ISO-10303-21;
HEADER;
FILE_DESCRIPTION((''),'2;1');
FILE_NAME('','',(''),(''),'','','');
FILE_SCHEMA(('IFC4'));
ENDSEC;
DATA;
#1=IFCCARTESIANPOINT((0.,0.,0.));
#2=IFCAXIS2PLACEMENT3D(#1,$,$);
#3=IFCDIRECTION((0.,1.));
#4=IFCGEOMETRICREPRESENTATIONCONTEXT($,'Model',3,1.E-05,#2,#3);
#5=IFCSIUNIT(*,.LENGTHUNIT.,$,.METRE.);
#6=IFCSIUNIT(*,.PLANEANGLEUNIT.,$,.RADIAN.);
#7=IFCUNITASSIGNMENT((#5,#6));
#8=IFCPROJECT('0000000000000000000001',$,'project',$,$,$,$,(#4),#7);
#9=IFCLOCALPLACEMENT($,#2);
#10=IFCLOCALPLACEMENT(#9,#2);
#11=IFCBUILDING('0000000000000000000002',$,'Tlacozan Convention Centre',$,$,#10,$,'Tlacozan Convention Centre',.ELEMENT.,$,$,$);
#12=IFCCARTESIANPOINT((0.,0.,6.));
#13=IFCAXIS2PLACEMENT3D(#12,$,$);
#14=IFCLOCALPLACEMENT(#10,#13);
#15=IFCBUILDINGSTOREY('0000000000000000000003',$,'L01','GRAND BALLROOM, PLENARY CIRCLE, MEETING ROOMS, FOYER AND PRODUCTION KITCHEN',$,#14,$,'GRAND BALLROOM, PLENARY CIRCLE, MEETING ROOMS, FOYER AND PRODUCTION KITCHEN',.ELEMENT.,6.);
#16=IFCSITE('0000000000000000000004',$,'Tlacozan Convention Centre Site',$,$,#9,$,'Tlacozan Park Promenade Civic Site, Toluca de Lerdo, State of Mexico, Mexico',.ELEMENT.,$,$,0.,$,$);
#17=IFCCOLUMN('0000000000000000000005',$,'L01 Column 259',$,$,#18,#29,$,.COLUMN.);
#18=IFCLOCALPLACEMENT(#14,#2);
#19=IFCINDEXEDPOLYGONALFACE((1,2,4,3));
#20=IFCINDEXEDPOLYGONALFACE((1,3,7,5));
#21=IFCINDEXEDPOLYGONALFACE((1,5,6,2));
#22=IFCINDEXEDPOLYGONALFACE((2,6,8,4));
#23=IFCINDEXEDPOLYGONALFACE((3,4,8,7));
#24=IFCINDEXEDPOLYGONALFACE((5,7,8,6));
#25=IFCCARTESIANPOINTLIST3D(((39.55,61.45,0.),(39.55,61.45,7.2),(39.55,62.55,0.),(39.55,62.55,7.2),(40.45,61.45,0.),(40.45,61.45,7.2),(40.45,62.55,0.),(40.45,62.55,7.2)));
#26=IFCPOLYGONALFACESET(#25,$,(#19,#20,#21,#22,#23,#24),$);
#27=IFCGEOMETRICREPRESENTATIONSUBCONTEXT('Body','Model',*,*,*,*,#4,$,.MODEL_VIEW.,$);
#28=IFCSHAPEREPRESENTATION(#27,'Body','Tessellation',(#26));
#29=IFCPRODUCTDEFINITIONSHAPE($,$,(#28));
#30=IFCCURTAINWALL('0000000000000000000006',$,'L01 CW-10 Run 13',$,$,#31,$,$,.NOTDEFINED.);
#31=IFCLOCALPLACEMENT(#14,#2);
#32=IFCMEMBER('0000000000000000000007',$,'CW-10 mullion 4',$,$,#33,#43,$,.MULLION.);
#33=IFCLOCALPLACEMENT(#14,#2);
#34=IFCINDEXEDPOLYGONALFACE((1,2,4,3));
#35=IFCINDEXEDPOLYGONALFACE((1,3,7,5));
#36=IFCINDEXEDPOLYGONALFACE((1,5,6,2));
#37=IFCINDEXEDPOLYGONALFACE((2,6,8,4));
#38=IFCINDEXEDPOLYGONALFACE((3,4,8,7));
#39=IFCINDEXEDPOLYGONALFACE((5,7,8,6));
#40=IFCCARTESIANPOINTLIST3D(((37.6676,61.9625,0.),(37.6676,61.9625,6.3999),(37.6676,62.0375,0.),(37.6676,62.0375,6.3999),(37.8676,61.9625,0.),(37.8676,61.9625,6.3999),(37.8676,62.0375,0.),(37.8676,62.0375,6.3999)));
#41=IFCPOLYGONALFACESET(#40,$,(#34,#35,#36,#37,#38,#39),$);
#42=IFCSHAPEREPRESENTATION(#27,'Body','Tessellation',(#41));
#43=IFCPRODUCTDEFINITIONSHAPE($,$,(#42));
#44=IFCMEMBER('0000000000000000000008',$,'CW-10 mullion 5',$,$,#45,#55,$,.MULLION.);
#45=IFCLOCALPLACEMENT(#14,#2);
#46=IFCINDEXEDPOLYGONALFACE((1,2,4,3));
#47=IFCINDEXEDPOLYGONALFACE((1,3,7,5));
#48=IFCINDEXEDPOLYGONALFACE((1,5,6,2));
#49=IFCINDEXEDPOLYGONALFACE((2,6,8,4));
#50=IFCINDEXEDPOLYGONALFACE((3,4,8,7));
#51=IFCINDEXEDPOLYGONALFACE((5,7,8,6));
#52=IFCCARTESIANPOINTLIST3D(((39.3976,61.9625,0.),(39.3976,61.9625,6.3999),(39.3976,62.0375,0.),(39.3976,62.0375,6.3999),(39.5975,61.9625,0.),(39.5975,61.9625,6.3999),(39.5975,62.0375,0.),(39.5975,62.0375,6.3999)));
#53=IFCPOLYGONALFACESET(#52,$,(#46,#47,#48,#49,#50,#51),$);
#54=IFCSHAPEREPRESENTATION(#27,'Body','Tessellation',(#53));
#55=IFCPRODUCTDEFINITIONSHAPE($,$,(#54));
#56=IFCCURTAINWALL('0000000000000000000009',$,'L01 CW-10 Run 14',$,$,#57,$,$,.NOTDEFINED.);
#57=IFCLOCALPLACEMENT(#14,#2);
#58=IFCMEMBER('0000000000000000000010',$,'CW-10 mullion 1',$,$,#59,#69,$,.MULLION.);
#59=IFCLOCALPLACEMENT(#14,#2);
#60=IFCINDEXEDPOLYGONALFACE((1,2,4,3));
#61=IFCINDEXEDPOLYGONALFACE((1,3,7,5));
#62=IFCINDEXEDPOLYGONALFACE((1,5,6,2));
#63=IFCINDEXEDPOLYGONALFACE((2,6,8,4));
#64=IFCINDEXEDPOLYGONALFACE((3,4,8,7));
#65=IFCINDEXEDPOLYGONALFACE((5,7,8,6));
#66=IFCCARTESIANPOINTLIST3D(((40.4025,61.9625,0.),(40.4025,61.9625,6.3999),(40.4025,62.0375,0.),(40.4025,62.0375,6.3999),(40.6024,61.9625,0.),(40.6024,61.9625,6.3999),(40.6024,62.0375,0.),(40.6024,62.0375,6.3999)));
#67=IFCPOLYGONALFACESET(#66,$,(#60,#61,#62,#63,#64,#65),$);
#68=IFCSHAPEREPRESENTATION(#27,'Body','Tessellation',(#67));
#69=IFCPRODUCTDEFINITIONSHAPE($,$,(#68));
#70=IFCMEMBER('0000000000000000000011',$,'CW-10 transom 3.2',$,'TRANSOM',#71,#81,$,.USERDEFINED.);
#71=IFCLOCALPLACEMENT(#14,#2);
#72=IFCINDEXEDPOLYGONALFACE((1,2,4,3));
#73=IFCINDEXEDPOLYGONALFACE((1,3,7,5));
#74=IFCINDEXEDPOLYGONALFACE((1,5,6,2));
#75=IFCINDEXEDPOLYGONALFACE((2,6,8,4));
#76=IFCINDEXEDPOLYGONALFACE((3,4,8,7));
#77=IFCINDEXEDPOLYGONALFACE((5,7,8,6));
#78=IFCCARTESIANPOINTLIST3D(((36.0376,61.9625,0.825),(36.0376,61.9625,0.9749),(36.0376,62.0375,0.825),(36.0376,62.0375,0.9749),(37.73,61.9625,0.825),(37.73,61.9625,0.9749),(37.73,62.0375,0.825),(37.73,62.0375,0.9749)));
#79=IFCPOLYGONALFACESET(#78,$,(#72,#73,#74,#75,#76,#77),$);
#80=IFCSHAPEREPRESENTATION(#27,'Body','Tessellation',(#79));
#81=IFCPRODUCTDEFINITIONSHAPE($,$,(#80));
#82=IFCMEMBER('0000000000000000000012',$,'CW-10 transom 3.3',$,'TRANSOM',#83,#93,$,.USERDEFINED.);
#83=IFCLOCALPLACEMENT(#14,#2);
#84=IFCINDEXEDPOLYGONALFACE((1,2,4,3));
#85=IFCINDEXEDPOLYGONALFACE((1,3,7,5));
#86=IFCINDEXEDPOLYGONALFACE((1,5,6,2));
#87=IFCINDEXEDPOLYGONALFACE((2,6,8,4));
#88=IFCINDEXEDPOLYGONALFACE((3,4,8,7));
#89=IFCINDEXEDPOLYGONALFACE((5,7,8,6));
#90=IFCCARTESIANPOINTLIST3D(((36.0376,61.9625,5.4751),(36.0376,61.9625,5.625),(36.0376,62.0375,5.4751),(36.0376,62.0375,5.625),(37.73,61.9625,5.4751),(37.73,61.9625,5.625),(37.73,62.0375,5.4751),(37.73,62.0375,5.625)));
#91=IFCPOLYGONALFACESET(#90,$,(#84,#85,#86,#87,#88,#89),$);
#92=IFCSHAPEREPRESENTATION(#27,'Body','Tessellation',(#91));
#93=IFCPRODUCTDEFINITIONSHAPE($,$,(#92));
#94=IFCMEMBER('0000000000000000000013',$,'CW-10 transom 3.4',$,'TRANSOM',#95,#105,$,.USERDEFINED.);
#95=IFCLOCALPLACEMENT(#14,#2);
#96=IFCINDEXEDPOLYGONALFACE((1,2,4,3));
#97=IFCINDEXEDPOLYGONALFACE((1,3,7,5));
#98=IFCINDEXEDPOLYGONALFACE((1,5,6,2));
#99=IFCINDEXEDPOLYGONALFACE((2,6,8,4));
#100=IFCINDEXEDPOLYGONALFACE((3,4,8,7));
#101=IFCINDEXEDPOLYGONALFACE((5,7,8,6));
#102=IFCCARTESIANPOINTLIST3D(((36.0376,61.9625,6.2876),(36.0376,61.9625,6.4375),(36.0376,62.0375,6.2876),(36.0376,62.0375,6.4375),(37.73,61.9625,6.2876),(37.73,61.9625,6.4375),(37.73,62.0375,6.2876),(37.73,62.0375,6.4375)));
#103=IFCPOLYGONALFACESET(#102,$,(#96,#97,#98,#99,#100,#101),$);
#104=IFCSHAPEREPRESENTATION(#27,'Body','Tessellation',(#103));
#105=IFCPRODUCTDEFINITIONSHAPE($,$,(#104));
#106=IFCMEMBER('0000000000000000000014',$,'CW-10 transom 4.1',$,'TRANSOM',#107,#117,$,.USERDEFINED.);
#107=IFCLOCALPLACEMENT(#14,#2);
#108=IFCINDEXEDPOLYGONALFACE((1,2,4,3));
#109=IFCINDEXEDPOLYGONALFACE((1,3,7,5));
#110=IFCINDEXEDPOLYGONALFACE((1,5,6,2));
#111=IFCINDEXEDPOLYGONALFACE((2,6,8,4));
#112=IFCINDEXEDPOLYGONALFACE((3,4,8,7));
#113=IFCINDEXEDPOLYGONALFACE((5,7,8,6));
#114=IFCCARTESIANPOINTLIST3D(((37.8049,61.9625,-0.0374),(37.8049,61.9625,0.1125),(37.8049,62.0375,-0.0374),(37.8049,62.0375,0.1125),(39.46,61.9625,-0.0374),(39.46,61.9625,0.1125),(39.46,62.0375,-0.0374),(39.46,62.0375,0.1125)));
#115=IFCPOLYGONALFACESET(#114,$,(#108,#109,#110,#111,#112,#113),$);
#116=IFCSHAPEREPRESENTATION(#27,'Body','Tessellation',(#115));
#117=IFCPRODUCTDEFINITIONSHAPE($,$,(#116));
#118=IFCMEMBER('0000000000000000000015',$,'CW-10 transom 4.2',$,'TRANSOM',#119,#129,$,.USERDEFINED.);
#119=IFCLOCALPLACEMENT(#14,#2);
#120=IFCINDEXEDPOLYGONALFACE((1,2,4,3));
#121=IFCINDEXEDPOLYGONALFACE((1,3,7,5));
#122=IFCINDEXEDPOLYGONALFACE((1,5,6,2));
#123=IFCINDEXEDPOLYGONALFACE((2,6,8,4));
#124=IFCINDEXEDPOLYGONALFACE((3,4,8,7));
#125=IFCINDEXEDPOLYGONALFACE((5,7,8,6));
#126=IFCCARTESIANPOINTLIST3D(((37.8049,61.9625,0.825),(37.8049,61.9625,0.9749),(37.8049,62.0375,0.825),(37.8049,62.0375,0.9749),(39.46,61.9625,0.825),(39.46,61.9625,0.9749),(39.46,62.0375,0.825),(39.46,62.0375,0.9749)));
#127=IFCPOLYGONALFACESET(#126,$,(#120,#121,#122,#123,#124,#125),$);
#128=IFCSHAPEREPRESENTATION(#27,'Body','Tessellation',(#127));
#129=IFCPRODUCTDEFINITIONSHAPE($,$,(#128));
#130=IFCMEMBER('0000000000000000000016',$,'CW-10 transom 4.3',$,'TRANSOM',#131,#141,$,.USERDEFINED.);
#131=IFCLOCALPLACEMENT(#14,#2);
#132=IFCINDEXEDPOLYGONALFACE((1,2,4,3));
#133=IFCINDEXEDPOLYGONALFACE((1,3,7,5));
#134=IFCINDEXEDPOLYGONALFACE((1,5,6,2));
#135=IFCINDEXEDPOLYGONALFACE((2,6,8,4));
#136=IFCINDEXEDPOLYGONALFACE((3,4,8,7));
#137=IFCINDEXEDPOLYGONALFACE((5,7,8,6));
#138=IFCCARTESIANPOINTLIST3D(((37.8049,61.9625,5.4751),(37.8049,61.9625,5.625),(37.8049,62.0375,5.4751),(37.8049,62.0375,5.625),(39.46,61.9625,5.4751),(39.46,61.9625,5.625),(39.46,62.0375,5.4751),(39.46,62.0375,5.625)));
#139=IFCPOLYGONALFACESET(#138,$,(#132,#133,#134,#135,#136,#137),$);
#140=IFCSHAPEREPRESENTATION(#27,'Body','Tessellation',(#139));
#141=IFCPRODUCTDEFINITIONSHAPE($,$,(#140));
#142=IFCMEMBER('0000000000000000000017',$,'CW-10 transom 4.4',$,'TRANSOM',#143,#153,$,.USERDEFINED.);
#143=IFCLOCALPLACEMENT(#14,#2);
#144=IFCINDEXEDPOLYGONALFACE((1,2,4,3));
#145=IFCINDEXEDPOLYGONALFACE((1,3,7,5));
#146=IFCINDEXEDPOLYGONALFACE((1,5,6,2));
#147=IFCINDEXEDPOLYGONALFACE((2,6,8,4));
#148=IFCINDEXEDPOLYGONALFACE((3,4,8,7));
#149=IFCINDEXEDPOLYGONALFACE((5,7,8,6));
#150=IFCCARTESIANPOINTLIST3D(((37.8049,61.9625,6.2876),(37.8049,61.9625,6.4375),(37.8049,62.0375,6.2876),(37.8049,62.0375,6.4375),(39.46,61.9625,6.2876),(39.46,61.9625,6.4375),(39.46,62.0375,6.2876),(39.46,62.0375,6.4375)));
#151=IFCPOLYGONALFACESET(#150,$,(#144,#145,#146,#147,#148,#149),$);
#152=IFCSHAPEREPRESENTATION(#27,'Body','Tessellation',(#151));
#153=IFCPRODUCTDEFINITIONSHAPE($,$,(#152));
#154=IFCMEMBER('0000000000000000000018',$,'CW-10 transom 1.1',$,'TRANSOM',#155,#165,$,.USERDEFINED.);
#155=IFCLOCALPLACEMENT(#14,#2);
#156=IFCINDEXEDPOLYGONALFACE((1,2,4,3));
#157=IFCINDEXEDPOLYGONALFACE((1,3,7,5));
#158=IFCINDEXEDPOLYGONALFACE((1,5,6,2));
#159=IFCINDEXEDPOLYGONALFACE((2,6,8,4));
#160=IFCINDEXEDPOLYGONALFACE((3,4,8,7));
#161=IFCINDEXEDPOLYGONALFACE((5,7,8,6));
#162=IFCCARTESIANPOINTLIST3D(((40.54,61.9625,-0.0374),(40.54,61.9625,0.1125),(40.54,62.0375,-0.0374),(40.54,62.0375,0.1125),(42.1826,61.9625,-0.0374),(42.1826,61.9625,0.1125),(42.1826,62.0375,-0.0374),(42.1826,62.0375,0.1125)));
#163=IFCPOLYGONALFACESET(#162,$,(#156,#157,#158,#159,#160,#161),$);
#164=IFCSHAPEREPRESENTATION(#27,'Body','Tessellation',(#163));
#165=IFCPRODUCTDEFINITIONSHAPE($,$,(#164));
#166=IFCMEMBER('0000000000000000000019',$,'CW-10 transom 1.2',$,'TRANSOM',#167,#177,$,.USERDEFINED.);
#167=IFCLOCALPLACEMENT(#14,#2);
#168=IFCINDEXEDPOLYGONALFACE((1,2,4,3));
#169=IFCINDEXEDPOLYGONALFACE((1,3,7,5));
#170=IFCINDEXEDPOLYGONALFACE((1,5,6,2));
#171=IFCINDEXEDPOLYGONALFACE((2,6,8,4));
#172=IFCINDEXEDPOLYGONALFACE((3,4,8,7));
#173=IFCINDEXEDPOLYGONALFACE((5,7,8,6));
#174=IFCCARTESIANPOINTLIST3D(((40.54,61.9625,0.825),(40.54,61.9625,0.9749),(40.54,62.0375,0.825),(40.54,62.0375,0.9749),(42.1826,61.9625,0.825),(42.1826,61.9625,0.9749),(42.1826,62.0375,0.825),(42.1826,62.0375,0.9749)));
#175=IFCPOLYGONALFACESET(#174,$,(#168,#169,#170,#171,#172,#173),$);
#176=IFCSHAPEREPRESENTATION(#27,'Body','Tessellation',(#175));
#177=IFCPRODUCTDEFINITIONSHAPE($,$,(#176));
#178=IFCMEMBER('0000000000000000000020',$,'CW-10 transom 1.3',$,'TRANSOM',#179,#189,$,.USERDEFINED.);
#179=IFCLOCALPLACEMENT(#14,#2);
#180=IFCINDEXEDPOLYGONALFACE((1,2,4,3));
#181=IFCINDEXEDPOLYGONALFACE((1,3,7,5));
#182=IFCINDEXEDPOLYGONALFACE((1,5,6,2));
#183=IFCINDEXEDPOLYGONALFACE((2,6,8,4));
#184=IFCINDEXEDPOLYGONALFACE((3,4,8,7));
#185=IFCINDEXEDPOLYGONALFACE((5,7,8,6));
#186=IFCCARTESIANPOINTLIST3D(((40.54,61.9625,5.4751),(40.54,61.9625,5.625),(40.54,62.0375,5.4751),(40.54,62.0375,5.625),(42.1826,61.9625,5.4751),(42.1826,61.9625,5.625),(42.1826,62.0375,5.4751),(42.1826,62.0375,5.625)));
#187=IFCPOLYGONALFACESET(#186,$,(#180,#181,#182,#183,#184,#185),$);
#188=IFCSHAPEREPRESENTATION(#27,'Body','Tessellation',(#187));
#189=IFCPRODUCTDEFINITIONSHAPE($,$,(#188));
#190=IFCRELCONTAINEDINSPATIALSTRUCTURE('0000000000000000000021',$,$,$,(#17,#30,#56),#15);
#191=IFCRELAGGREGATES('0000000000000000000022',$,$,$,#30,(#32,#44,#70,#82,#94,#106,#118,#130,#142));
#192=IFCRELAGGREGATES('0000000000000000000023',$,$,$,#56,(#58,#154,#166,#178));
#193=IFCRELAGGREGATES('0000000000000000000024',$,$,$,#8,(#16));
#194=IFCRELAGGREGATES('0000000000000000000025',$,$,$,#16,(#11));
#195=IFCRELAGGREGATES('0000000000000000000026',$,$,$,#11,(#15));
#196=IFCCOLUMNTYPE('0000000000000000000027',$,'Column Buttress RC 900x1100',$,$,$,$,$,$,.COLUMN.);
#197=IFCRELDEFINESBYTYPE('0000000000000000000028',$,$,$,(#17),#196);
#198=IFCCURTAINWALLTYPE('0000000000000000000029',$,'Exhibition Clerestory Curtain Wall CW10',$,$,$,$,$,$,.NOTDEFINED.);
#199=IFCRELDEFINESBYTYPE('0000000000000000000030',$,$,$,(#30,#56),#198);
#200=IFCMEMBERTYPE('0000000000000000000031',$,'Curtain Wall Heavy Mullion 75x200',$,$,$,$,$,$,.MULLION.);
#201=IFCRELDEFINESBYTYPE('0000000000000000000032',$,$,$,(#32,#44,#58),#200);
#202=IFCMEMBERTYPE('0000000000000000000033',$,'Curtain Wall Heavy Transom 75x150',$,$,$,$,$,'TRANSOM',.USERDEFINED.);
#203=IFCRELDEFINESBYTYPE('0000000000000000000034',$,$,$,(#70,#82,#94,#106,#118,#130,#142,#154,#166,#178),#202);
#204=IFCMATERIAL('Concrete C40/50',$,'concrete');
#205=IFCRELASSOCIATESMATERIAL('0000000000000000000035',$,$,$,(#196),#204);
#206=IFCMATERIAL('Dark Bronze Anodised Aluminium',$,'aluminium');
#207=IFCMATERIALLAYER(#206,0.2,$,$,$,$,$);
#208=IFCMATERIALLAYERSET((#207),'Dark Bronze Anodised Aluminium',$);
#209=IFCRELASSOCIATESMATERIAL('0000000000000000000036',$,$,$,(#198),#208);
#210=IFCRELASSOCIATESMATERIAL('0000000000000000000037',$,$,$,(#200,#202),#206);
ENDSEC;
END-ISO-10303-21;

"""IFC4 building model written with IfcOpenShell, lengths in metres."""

from ifc_helpers import new_model, si_unit, direction, frame, origin, origin_2d, place, context, subcontext, project, spatial, rectangle, extrude, material, layer, layer_set, material_profile, profile_set, type_object, element, aggregate, save


model = new_model("IFC4")

# Units and contexts
model_context = context("Model", 3, precision=1e-05, world=origin(), true_north=direction((0.0, 1.0)))
body_context = subcontext(model_context, "Body", "Model", "MODEL_VIEW")
ifc_project = project(units=[si_unit("LENGTHUNIT", "METRE"), si_unit("PLANEANGLEUNIT", "RADIAN")], contexts=[model_context])

# Site, building, storey
site_placement = place(None, origin())
site = spatial("IfcSite", under=ifc_project, at=site_placement, Name="Tlacozan Convention Centre Site", LongName="Tlacozan Park Promenade Civic Site, Toluca de Lerdo, State of Mexico, Mexico", CompositionType="ELEMENT", RefElevation=0.0)
building_placement = place(site_placement, origin())
building = spatial("IfcBuilding", under=site, at=building_placement, Name="Tlacozan Convention Centre", LongName="Tlacozan Convention Centre", CompositionType="ELEMENT")
storey_placement = place(building_placement, frame((0.0, 0.0, 6.0)))
storey = spatial("IfcBuildingStorey", under=building, at=storey_placement, Name="L01", Description="GRAND BALLROOM, PLENARY CIRCLE, MEETING ROOMS, FOYER AND PRODUCTION KITCHEN", LongName="GRAND BALLROOM, PLENARY CIRCLE, MEETING ROOMS, FOYER AND PRODUCTION KITCHEN", CompositionType="ELEMENT", Elevation=6.0)

# Column
ifc_material_1 = material(Name="Concrete C40/50", Category="concrete")
ifc_material_profile_1 = material_profile(ifc_material_1, rectangle(XDim=0.8999, YDim=1.1001, at=origin_2d()), Name="RC 900x1100")
ifc_profile_set_1 = profile_set([ifc_material_profile_1], Name="Concrete C40/50")
column_type = type_object("IfcColumnType", Name="Column Buttress RC 900x1100", PredefinedType="COLUMN", material=ifc_profile_set_1)
column_placement = place(storey_placement, frame((40.0, 62.0, 0.0), z_axis=(0.0, 0.0, 1.0), x_axis=(1.0, 0.0, 0.0)))
element("IfcColumn", 1, at=column_placement, inside=storey, type_object=column_type, Name="L01 Column 259", PredefinedType="COLUMN", context=body_context, shape_type="SweptSolid", body=[
    extrude(rectangle(XDim=0.8999, YDim=1.1001, at=origin_2d()), origin(), (0.0, 0.0, 1.0), 7.2),
])

# Curtain wall, members
ifc_material_2 = material(Name="Dark Bronze Anodised Aluminium", Category="aluminium")
ifc_layer_1 = layer(ifc_material_2, 0.2)
ifc_layer_set_1 = layer_set([ifc_layer_1], Name="Dark Bronze Anodised Aluminium")
curtain_wall_type = type_object("IfcCurtainWallType", Name="Exhibition Clerestory Curtain Wall CW10", PredefinedType="NOTDEFINED", material=ifc_layer_set_1)
curtain_wall_1_placement = place(storey_placement, origin())
curtain_wall_1 = element("IfcCurtainWall", 2, at=curtain_wall_1_placement, inside=storey, type_object=curtain_wall_type, Name="L01 CW-10 Run 13", PredefinedType="NOTDEFINED")
ifc_material_profile_2 = material_profile(ifc_material_2, rectangle(XDim=0.075, YDim=0.2, at=origin_2d()), Name="ALU 75x200")
ifc_profile_set_2 = profile_set([ifc_material_profile_2], Name="Dark Bronze Anodised Aluminium")
member_type_1 = type_object("IfcMemberType", Name="Curtain Wall Heavy Mullion 75x200", PredefinedType="MULLION", material=ifc_profile_set_2)
member_1_placement = place(storey_placement, frame((37.7676, 62.0, 0.0), z_axis=(0.0, 0.0, 1.0), x_axis=(0.0, 1.0, 0.0)))
member_1 = element("IfcMember", 3, at=member_1_placement, type_object=member_type_1, Name="CW-10 mullion 4", PredefinedType="MULLION", context=body_context, shape_type="SweptSolid", body=[
    extrude(rectangle(XDim=0.075, YDim=0.2, at=origin_2d()), origin(), (0.0, 0.0, 1.0), 6.3999),
])
member_2_placement = place(storey_placement, frame((39.4976, 62.0, 0.0), z_axis=(0.0, 0.0, 1.0), x_axis=(0.0, 1.0, 0.0)))
member_2 = element("IfcMember", 4, at=member_2_placement, type_object=member_type_1, Name="CW-10 mullion 5", PredefinedType="MULLION", context=body_context, shape_type="SweptSolid", body=[
    extrude(rectangle(XDim=0.075, YDim=0.2, at=origin_2d()), origin(), (0.0, 0.0, 1.0), 6.3999),
])

# Curtain wall, member
curtain_wall_2_placement = place(storey_placement, origin())
curtain_wall_2 = element("IfcCurtainWall", 5, at=curtain_wall_2_placement, inside=storey, type_object=curtain_wall_type, Name="L01 CW-10 Run 14", PredefinedType="NOTDEFINED")
member_3_placement = place(storey_placement, frame((40.5024, 62.0, 0.0), z_axis=(0.0, 0.0, 1.0), x_axis=(0.0, 1.0, 0.0)))
member_3 = element("IfcMember", 6, at=member_3_placement, type_object=member_type_1, Name="CW-10 mullion 1", PredefinedType="MULLION", context=body_context, shape_type="SweptSolid", body=[
    extrude(rectangle(XDim=0.075, YDim=0.2, at=origin_2d()), origin(), (0.0, 0.0, 1.0), 6.3999),
])

# Members
ifc_material_profile_3 = material_profile(ifc_material_2, rectangle(XDim=0.075, YDim=0.1499, at=origin_2d()), Name="ALU 75x150")
ifc_profile_set_3 = profile_set([ifc_material_profile_3], Name="Dark Bronze Anodised Aluminium")
member_type_2 = type_object("IfcMemberType", Name="Curtain Wall Heavy Transom 75x150", ElementType="TRANSOM", PredefinedType="USERDEFINED", material=ifc_profile_set_3)
member_4_placement = place(storey_placement, frame((36.0376, 62.0, 0.8999), z_axis=(1.0, 0.0, 0.0), x_axis=(0.0, 1.0, 0.0)))
member_4 = element("IfcMember", 7, at=member_4_placement, type_object=member_type_2, Name="CW-10 transom 3.2", ObjectType="TRANSOM", PredefinedType="USERDEFINED", context=body_context, shape_type="SweptSolid", body=[
    extrude(rectangle(XDim=0.075, YDim=0.1499, at=origin_2d()), origin(), (0.0, 0.0, 1.0), 1.6924),
])
member_5_placement = place(storey_placement, frame((36.0376, 62.0, 5.55), z_axis=(1.0, 0.0, 0.0), x_axis=(0.0, 1.0, 0.0)))
member_5 = element("IfcMember", 8, at=member_5_placement, type_object=member_type_2, Name="CW-10 transom 3.3", ObjectType="TRANSOM", PredefinedType="USERDEFINED", context=body_context, shape_type="SweptSolid", body=[
    extrude(rectangle(XDim=0.075, YDim=0.1499, at=origin_2d()), origin(), (0.0, 0.0, 1.0), 1.6924),
])
member_6_placement = place(storey_placement, frame((36.0376, 62.0, 6.3625), z_axis=(1.0, 0.0, 0.0), x_axis=(0.0, 1.0, 0.0)))
member_6 = element("IfcMember", 9, at=member_6_placement, type_object=member_type_2, Name="CW-10 transom 3.4", ObjectType="TRANSOM", PredefinedType="USERDEFINED", context=body_context, shape_type="SweptSolid", body=[
    extrude(rectangle(XDim=0.075, YDim=0.1499, at=origin_2d()), origin(), (0.0, 0.0, 1.0), 1.6924),
])
member_7_placement = place(storey_placement, frame((37.8049, 62.0, 0.0376), z_axis=(1.0, 0.0, 0.0), x_axis=(0.0, 1.0, 0.0)))
member_7 = element("IfcMember", 10, at=member_7_placement, type_object=member_type_2, Name="CW-10 transom 4.1", ObjectType="TRANSOM", PredefinedType="USERDEFINED", context=body_context, shape_type="SweptSolid", body=[
    extrude(rectangle(XDim=0.075, YDim=0.1499, at=origin_2d()), origin(), (0.0, 0.0, 1.0), 1.655),
])
member_8_placement = place(storey_placement, frame((37.8049, 62.0, 0.8999), z_axis=(1.0, 0.0, 0.0), x_axis=(0.0, 1.0, 0.0)))
member_8 = element("IfcMember", 11, at=member_8_placement, type_object=member_type_2, Name="CW-10 transom 4.2", ObjectType="TRANSOM", PredefinedType="USERDEFINED", context=body_context, shape_type="SweptSolid", body=[
    extrude(rectangle(XDim=0.075, YDim=0.1499, at=origin_2d()), origin(), (0.0, 0.0, 1.0), 1.655),
])
member_9_placement = place(storey_placement, frame((37.8049, 62.0, 5.55), z_axis=(1.0, 0.0, 0.0), x_axis=(0.0, 1.0, 0.0)))
member_9 = element("IfcMember", 12, at=member_9_placement, type_object=member_type_2, Name="CW-10 transom 4.3", ObjectType="TRANSOM", PredefinedType="USERDEFINED", context=body_context, shape_type="SweptSolid", body=[
    extrude(rectangle(XDim=0.075, YDim=0.1499, at=origin_2d()), origin(), (0.0, 0.0, 1.0), 1.655),
])
member_10_placement = place(storey_placement, frame((37.8049, 62.0, 6.3625), z_axis=(1.0, 0.0, 0.0), x_axis=(0.0, 1.0, 0.0)))
member_10 = element("IfcMember", 13, at=member_10_placement, type_object=member_type_2, Name="CW-10 transom 4.4", ObjectType="TRANSOM", PredefinedType="USERDEFINED", context=body_context, shape_type="SweptSolid", body=[
    extrude(rectangle(XDim=0.075, YDim=0.1499, at=origin_2d()), origin(), (0.0, 0.0, 1.0), 1.655),
])
member_11_placement = place(storey_placement, frame((40.54, 62.0, 0.0376), z_axis=(1.0, 0.0, 0.0), x_axis=(0.0, 1.0, 0.0)))
member_11 = element("IfcMember", 14, at=member_11_placement, type_object=member_type_2, Name="CW-10 transom 1.1", ObjectType="TRANSOM", PredefinedType="USERDEFINED", context=body_context, shape_type="SweptSolid", body=[
    extrude(rectangle(XDim=0.075, YDim=0.1499, at=origin_2d()), origin(), (0.0, 0.0, 1.0), 1.6426),
])
member_12_placement = place(storey_placement, frame((40.54, 62.0, 0.8999), z_axis=(1.0, 0.0, 0.0), x_axis=(0.0, 1.0, 0.0)))
member_12 = element("IfcMember", 15, at=member_12_placement, type_object=member_type_2, Name="CW-10 transom 1.2", ObjectType="TRANSOM", PredefinedType="USERDEFINED", context=body_context, shape_type="SweptSolid", body=[
    extrude(rectangle(XDim=0.075, YDim=0.1499, at=origin_2d()), origin(), (0.0, 0.0, 1.0), 1.6426),
])
member_13_placement = place(storey_placement, frame((40.54, 62.0, 5.55), z_axis=(1.0, 0.0, 0.0), x_axis=(0.0, 1.0, 0.0)))
member_13 = element("IfcMember", 16, at=member_13_placement, type_object=member_type_2, Name="CW-10 transom 1.3", ObjectType="TRANSOM", PredefinedType="USERDEFINED", context=body_context, shape_type="SweptSolid", body=[
    extrude(rectangle(XDim=0.075, YDim=0.1499, at=origin_2d()), origin(), (0.0, 0.0, 1.0), 1.6426),
])

aggregate(curtain_wall_1, [member_1, member_2, member_4, member_5, member_6, member_7, member_8, member_9, member_10])
aggregate(curtain_wall_2, [member_3, member_11, member_12, member_13])

save(model, "model.ifc")
